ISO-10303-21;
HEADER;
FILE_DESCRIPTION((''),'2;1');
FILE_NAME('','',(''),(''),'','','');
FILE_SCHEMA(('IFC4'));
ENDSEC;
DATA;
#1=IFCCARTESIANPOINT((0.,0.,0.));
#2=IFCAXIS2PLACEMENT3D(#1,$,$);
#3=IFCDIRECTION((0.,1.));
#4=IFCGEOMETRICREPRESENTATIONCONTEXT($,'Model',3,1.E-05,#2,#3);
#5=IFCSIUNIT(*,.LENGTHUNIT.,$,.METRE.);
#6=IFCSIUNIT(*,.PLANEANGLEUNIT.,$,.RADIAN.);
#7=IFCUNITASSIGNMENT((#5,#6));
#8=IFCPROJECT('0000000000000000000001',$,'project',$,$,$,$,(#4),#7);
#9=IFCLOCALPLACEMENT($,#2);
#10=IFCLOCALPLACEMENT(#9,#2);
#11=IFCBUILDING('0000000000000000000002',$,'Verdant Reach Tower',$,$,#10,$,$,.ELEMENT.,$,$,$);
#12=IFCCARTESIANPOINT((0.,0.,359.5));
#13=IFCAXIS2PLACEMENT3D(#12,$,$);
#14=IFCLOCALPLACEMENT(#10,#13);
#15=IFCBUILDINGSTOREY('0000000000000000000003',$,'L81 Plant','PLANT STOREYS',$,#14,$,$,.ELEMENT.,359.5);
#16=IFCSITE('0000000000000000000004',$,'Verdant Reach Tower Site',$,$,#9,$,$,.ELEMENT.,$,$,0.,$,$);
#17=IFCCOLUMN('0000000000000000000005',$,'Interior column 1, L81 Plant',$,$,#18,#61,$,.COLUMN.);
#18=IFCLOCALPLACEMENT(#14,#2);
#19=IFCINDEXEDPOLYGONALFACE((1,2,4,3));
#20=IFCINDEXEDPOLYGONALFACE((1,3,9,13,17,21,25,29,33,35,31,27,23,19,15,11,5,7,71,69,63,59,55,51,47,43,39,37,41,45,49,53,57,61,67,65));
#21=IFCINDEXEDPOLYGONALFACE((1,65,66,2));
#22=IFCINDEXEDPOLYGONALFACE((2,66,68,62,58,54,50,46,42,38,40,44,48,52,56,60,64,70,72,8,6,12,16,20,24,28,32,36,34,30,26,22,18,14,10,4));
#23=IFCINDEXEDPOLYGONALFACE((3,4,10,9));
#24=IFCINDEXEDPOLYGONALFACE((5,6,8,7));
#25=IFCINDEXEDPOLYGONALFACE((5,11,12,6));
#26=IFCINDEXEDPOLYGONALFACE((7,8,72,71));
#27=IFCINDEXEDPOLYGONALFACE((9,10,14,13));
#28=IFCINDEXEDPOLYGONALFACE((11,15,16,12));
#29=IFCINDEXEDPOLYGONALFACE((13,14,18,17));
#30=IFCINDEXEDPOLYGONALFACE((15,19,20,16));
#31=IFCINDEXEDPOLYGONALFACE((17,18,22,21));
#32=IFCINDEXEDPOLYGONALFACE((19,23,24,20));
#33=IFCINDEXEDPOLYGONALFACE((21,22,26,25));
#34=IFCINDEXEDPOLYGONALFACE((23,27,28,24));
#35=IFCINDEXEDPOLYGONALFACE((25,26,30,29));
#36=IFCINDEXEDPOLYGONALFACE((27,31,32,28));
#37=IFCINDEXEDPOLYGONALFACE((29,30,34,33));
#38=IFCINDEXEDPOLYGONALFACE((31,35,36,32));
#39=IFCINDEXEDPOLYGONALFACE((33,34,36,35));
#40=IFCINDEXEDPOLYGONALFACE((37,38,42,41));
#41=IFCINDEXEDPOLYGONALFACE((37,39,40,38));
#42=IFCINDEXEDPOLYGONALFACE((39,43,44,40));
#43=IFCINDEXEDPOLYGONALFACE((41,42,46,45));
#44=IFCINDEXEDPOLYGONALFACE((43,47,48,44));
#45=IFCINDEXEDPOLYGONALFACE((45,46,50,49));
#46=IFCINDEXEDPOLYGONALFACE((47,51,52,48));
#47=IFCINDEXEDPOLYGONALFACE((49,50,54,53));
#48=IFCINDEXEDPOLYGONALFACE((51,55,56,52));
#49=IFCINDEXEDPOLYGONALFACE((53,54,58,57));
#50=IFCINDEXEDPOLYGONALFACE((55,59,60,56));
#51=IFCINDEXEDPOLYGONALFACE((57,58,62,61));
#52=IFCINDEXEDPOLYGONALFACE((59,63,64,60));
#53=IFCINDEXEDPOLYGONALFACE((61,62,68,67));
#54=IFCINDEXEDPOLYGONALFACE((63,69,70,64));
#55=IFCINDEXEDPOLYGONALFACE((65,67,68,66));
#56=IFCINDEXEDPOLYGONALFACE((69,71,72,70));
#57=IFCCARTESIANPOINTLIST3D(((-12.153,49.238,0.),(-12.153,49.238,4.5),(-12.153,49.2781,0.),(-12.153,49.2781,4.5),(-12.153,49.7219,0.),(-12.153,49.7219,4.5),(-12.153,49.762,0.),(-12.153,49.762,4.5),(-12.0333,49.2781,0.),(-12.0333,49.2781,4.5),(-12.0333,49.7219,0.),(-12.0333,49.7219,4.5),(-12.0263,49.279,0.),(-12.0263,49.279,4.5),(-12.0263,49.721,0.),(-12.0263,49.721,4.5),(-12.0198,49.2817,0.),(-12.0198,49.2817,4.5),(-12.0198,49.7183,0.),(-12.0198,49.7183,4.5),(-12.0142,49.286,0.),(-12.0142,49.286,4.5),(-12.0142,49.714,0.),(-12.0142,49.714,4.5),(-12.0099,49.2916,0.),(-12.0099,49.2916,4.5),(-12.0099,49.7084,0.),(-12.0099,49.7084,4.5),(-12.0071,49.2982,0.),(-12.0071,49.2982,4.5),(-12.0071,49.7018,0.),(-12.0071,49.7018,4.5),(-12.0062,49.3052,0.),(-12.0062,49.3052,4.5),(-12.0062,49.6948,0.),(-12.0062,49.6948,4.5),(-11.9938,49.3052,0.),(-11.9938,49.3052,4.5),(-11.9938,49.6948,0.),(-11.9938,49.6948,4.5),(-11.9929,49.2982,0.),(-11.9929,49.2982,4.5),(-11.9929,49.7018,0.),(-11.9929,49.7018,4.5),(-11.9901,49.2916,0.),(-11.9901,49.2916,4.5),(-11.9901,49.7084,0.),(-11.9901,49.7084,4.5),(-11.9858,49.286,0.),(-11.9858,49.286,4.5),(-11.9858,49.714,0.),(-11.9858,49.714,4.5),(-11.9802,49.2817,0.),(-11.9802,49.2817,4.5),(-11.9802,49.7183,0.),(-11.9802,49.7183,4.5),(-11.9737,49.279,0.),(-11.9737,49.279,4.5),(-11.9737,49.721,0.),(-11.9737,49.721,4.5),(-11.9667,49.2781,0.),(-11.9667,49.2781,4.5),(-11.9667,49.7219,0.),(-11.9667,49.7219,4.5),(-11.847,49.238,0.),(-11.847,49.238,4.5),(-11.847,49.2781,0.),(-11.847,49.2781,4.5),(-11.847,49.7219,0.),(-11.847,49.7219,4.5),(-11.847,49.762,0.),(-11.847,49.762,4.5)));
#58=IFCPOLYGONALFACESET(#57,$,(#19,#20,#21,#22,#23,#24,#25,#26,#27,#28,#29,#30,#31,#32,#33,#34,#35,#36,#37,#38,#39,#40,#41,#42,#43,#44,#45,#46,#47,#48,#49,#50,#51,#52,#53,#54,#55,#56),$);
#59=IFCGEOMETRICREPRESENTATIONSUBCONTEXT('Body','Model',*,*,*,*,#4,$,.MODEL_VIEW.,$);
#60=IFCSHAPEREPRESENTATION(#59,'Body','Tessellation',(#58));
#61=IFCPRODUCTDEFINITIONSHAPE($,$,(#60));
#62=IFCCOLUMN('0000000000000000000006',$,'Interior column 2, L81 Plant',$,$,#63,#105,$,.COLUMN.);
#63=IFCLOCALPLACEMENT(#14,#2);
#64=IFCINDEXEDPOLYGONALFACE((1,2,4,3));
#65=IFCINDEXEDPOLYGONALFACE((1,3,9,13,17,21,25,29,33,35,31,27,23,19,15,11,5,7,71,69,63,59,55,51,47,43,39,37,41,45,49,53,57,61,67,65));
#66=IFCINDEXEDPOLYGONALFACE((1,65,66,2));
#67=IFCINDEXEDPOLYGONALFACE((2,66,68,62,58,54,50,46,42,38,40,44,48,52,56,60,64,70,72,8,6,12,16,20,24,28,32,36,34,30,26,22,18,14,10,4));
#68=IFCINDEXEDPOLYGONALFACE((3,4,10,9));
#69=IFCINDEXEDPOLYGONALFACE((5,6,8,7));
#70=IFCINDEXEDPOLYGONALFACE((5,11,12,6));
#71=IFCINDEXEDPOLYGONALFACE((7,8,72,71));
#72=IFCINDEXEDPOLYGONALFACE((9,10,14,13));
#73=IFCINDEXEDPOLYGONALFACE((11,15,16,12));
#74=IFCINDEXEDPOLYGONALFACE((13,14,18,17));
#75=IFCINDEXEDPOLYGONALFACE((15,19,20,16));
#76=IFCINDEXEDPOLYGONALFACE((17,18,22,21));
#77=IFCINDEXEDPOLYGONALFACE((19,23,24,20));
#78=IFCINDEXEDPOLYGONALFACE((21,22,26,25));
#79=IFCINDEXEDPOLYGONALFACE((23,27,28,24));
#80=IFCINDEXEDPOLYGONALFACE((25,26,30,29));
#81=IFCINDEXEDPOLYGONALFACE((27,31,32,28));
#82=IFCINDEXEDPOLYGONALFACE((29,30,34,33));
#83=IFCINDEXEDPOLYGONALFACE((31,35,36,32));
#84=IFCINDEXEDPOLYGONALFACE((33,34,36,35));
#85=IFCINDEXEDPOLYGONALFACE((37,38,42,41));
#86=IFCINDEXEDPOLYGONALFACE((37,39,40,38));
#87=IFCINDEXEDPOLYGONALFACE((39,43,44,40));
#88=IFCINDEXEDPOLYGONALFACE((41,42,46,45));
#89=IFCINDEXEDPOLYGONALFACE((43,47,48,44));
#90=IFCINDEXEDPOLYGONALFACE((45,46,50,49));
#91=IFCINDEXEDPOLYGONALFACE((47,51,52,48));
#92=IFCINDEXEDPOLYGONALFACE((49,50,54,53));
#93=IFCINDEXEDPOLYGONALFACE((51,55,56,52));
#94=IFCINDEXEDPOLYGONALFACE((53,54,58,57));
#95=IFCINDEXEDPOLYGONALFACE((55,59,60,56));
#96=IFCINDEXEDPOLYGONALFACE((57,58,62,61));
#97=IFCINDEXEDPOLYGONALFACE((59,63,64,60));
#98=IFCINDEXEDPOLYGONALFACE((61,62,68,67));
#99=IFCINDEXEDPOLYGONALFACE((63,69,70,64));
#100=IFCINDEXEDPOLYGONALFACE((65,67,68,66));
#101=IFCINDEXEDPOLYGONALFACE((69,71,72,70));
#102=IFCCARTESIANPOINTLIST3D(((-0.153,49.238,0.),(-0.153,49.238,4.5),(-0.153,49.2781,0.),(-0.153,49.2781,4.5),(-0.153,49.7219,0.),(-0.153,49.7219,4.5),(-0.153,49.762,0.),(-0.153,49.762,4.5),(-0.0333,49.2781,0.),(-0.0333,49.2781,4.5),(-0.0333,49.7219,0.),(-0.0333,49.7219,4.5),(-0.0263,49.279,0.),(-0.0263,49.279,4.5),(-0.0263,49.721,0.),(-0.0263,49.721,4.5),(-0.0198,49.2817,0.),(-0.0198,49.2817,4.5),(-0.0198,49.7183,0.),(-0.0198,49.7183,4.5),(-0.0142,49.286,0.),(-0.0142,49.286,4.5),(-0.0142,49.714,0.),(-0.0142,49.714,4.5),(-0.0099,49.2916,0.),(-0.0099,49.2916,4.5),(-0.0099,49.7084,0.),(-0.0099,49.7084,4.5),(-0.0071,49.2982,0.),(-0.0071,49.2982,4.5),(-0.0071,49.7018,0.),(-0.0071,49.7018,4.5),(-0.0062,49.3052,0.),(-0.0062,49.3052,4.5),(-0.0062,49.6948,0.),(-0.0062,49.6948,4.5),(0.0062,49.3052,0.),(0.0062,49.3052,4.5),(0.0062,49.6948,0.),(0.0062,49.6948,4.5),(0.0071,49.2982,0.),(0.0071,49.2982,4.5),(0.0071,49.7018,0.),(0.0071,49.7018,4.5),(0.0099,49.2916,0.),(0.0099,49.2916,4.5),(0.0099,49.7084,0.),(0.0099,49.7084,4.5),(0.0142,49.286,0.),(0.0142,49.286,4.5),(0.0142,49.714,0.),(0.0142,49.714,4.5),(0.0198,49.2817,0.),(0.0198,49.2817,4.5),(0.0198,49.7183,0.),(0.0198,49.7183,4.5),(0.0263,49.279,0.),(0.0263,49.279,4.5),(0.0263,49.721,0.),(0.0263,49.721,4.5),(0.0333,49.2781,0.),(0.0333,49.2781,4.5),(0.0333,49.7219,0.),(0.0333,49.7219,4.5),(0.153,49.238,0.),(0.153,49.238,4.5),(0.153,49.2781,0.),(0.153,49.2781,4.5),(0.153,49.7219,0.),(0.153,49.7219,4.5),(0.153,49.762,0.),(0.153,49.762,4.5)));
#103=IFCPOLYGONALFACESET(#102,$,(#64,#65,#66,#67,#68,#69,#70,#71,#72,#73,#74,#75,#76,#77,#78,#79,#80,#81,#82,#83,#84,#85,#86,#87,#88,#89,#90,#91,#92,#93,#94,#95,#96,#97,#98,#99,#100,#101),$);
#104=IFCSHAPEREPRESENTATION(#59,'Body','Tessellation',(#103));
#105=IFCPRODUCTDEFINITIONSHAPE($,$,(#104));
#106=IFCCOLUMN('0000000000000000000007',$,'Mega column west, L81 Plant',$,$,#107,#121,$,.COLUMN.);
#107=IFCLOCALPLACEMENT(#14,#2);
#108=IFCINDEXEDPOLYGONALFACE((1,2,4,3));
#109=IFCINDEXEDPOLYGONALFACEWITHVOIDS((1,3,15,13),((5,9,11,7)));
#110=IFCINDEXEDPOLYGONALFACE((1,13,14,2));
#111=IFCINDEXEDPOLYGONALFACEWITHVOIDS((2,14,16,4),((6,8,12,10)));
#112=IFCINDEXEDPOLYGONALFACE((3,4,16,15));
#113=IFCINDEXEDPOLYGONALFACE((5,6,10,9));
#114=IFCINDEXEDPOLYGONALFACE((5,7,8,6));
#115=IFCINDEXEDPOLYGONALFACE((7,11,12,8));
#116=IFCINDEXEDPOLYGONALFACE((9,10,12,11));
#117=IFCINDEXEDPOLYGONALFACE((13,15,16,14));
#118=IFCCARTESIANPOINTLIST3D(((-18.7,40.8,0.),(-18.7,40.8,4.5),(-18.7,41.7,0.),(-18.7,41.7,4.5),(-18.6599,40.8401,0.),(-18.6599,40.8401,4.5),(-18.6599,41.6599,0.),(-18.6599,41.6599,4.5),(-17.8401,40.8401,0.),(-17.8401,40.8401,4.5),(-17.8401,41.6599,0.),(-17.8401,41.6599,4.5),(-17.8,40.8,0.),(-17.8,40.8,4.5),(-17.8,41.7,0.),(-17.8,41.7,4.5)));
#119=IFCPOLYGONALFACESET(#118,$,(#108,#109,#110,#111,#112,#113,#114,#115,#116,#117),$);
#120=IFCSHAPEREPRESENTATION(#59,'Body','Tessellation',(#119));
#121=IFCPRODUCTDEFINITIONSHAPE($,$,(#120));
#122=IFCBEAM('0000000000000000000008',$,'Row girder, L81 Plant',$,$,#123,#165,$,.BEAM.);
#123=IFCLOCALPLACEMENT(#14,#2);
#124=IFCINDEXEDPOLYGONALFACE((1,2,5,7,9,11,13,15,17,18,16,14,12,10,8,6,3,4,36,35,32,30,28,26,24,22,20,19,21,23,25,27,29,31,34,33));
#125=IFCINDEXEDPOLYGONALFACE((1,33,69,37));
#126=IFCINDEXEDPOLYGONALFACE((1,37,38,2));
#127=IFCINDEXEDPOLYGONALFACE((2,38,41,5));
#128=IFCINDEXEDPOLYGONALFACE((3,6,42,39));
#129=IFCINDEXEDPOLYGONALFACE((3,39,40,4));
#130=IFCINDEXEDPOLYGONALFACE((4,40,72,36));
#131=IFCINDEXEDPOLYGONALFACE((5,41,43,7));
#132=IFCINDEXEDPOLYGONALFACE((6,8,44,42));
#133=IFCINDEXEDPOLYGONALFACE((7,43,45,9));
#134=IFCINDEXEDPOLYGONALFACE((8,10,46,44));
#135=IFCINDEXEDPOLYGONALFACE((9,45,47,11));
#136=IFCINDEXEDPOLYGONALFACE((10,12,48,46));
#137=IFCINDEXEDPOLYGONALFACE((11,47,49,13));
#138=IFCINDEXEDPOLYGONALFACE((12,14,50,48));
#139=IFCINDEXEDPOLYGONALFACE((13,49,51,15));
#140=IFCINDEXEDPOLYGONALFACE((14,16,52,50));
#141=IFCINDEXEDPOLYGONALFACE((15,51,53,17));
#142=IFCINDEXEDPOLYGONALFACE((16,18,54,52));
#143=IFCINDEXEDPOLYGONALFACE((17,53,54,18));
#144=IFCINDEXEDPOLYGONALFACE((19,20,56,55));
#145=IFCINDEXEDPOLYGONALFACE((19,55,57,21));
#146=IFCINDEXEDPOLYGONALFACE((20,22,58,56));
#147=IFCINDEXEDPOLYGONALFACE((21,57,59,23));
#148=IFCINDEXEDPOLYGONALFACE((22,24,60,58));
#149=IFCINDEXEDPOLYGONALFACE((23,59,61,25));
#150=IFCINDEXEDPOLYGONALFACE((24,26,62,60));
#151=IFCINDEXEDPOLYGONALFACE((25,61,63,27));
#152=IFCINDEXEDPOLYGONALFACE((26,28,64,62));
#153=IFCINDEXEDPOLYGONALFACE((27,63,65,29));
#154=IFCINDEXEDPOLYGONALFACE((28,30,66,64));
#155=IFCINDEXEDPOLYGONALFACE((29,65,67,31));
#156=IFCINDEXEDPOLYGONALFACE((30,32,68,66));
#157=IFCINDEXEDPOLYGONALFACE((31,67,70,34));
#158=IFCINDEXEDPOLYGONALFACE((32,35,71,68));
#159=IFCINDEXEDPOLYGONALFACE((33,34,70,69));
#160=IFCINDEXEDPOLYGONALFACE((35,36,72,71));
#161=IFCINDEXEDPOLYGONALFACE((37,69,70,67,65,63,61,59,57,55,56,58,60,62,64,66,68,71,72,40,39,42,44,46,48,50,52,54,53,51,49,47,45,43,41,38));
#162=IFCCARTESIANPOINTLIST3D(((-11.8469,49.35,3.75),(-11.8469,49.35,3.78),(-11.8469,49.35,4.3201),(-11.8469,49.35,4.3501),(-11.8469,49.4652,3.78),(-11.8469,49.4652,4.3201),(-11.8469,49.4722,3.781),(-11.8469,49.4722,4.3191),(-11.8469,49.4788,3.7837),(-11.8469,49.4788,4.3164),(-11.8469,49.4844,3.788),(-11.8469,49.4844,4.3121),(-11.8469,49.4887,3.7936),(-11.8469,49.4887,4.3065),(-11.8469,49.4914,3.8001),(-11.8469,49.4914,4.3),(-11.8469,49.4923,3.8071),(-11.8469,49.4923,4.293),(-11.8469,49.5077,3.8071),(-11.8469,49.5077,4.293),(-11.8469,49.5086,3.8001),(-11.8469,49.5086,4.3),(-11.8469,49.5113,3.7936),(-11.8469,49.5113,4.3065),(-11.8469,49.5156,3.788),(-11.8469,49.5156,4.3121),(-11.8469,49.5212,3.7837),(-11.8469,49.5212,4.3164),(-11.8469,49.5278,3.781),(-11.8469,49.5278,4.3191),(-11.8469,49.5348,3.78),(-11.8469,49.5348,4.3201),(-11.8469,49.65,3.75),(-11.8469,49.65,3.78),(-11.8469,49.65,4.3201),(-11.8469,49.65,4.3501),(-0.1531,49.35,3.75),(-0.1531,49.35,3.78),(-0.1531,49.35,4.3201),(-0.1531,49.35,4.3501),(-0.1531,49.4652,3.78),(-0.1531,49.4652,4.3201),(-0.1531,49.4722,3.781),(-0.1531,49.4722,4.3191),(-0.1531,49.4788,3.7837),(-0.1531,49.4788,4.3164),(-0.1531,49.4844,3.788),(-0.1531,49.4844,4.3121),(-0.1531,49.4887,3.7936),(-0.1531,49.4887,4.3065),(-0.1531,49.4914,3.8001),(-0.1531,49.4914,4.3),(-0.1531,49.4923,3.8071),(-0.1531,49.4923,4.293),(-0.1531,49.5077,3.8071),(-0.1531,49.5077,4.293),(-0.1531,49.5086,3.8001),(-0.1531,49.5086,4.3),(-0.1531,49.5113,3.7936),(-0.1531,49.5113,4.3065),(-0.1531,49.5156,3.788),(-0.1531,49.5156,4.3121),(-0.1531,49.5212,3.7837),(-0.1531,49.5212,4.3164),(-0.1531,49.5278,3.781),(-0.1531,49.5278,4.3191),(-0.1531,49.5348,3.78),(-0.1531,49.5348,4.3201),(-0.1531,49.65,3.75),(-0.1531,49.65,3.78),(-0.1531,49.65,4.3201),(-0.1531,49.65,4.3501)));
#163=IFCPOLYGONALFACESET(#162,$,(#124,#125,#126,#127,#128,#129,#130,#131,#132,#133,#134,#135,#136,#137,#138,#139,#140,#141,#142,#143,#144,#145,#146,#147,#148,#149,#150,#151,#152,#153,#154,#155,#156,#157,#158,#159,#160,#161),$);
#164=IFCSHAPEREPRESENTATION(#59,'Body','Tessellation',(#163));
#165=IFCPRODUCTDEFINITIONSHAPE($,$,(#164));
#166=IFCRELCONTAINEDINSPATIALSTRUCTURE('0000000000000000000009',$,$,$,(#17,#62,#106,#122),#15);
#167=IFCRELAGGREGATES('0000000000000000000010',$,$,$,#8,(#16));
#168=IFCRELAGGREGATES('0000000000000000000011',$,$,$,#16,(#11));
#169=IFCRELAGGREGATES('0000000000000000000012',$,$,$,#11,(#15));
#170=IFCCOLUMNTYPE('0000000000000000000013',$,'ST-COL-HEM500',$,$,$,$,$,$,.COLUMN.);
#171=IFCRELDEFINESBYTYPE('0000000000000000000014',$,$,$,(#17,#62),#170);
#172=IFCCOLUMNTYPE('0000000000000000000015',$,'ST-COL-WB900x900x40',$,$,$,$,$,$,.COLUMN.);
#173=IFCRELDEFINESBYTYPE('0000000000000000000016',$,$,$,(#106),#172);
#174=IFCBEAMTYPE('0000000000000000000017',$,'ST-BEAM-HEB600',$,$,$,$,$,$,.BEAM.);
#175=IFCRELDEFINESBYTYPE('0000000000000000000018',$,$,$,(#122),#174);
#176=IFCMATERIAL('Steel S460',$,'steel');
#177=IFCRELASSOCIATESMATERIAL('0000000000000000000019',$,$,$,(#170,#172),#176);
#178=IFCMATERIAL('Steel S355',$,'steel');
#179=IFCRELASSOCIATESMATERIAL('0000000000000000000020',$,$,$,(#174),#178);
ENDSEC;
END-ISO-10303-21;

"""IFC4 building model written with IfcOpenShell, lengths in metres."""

from ifc_helpers import new_model, si_unit, direction, frame, origin, origin_2d, place, context, subcontext, project, spatial, hollow_rectangle, i_section, extrude, material, material_profile, profile_set, type_object, element, save


model = new_model("IFC4")

# Units and contexts
model_context = context("Model", 3, precision=1e-05, world=origin(), true_north=direction((0.0, 1.0)))
body_context = subcontext(model_context, "Body", "Model", "MODEL_VIEW")
ifc_project = project(units=[si_unit("LENGTHUNIT", "METRE"), si_unit("PLANEANGLEUNIT", "RADIAN")], contexts=[model_context])

# Site, building, storey
site_placement = place(None, origin())
site = spatial("IfcSite", under=ifc_project, at=site_placement, Name="Verdant Reach Tower Site", CompositionType="ELEMENT", RefElevation=0.0)
building_placement = place(site_placement, origin())
building = spatial("IfcBuilding", under=site, at=building_placement, Name="Verdant Reach Tower", CompositionType="ELEMENT")
storey_placement = place(building_placement, frame((0.0, 0.0, 359.5)))
storey = spatial("IfcBuildingStorey", under=building, at=storey_placement, Name="L81 Plant", Description="PLANT STOREYS", CompositionType="ELEMENT", Elevation=359.5)

# Columns
ifc_material_1 = material(Name="Steel S460", Category="steel")
ifc_material_profile_1 = material_profile(ifc_material_1, i_section(OverallWidth=0.3059, OverallDepth=0.5239, WebThickness=0.0125, FlangeThickness=0.04, FilletRadius=0.0271, at=origin_2d()), Name="HEM 500")
ifc_profile_set_1 = profile_set([ifc_material_profile_1], Name="Steel S460")
column_type_1 = type_object("IfcColumnType", Name="ST-COL-HEM500", PredefinedType="COLUMN", material=ifc_profile_set_1)
for number, where, z_axis, x_axis, name in (
    (1, (-12.0, 49.5, 0.0), (0.0, 0.0, 1.0), (1.0, 0.0, 0.0), "Interior column 1, L81 Plant"),
    (2, (0.0, 49.5, 0.0), (0.0, 0.0, 1.0), (1.0, 0.0, 0.0), "Interior column 2, L81 Plant"),
):
    element("IfcColumn", number, at=place(storey_placement, frame(where, z_axis=z_axis, x_axis=x_axis)), inside=storey, type_object=column_type_1, Name=name, PredefinedType="COLUMN", context=body_context, shape_type="SweptSolid", body=[
        extrude(i_section(OverallWidth=0.3059, OverallDepth=0.5239, WebThickness=0.0125, FlangeThickness=0.04, FilletRadius=0.0271, at=origin_2d()), origin(), (0.0, 0.0, 1.0), 4.5),
    ])
ifc_material_profile_2 = material_profile(ifc_material_1, hollow_rectangle(XDim=0.8999, YDim=0.8999, WallThickness=0.04, at=origin_2d()), Name="WB 900x900x40")
ifc_profile_set_2 = profile_set([ifc_material_profile_2], Name="Steel S460")
column_type_2 = type_object("IfcColumnType", Name="ST-COL-WB900x900x40", PredefinedType="COLUMN", material=ifc_profile_set_2)
column_placement = place(storey_placement, frame((-18.25, 41.25, 0.0), z_axis=(0.0, 0.0, 1.0), x_axis=(1.0, 0.0, 0.0)))
element("IfcColumn", 3, at=column_placement, inside=storey, type_object=column_type_2, Name="Mega column west, L81 Plant", PredefinedType="COLUMN", context=body_context, shape_type="SweptSolid", body=[
    extrude(hollow_rectangle(XDim=0.8999, YDim=0.8999, WallThickness=0.04, at=origin_2d()), origin(), (0.0, 0.0, 1.0), 4.5),
])

# Beam
ifc_material_2 = material(Name="Steel S355", Category="steel")
ifc_material_profile_3 = material_profile(ifc_material_2, i_section(OverallWidth=0.3, OverallDepth=0.6001, WebThickness=0.0154, FlangeThickness=0.03, FilletRadius=0.0271, at=origin_2d()), Name="HEB 600")
ifc_profile_set_3 = profile_set([ifc_material_profile_3], Name="Steel S355")
beam_type_1 = type_object("IfcBeamType", Name="ST-BEAM-HEB600", PredefinedType="BEAM", material=ifc_profile_set_3)
beam_1_placement = place(storey_placement, frame((-11.8469, 49.5, 4.05), z_axis=(1.0, 0.0, 0.0), x_axis=(0.0, 1.0, 0.0)))
element("IfcBeam", 4, at=beam_1_placement, inside=storey, type_object=beam_type_1, Name="Row girder, L81 Plant", PredefinedType="BEAM", context=body_context, shape_type="SweptSolid", body=[
    extrude(i_section(OverallWidth=0.3, OverallDepth=0.6001, WebThickness=0.0154, FlangeThickness=0.03, FilletRadius=0.0271, at=origin_2d()), origin(), (0.0, 0.0, 1.0), 11.6938),
])

save(model, "model.ifc")
